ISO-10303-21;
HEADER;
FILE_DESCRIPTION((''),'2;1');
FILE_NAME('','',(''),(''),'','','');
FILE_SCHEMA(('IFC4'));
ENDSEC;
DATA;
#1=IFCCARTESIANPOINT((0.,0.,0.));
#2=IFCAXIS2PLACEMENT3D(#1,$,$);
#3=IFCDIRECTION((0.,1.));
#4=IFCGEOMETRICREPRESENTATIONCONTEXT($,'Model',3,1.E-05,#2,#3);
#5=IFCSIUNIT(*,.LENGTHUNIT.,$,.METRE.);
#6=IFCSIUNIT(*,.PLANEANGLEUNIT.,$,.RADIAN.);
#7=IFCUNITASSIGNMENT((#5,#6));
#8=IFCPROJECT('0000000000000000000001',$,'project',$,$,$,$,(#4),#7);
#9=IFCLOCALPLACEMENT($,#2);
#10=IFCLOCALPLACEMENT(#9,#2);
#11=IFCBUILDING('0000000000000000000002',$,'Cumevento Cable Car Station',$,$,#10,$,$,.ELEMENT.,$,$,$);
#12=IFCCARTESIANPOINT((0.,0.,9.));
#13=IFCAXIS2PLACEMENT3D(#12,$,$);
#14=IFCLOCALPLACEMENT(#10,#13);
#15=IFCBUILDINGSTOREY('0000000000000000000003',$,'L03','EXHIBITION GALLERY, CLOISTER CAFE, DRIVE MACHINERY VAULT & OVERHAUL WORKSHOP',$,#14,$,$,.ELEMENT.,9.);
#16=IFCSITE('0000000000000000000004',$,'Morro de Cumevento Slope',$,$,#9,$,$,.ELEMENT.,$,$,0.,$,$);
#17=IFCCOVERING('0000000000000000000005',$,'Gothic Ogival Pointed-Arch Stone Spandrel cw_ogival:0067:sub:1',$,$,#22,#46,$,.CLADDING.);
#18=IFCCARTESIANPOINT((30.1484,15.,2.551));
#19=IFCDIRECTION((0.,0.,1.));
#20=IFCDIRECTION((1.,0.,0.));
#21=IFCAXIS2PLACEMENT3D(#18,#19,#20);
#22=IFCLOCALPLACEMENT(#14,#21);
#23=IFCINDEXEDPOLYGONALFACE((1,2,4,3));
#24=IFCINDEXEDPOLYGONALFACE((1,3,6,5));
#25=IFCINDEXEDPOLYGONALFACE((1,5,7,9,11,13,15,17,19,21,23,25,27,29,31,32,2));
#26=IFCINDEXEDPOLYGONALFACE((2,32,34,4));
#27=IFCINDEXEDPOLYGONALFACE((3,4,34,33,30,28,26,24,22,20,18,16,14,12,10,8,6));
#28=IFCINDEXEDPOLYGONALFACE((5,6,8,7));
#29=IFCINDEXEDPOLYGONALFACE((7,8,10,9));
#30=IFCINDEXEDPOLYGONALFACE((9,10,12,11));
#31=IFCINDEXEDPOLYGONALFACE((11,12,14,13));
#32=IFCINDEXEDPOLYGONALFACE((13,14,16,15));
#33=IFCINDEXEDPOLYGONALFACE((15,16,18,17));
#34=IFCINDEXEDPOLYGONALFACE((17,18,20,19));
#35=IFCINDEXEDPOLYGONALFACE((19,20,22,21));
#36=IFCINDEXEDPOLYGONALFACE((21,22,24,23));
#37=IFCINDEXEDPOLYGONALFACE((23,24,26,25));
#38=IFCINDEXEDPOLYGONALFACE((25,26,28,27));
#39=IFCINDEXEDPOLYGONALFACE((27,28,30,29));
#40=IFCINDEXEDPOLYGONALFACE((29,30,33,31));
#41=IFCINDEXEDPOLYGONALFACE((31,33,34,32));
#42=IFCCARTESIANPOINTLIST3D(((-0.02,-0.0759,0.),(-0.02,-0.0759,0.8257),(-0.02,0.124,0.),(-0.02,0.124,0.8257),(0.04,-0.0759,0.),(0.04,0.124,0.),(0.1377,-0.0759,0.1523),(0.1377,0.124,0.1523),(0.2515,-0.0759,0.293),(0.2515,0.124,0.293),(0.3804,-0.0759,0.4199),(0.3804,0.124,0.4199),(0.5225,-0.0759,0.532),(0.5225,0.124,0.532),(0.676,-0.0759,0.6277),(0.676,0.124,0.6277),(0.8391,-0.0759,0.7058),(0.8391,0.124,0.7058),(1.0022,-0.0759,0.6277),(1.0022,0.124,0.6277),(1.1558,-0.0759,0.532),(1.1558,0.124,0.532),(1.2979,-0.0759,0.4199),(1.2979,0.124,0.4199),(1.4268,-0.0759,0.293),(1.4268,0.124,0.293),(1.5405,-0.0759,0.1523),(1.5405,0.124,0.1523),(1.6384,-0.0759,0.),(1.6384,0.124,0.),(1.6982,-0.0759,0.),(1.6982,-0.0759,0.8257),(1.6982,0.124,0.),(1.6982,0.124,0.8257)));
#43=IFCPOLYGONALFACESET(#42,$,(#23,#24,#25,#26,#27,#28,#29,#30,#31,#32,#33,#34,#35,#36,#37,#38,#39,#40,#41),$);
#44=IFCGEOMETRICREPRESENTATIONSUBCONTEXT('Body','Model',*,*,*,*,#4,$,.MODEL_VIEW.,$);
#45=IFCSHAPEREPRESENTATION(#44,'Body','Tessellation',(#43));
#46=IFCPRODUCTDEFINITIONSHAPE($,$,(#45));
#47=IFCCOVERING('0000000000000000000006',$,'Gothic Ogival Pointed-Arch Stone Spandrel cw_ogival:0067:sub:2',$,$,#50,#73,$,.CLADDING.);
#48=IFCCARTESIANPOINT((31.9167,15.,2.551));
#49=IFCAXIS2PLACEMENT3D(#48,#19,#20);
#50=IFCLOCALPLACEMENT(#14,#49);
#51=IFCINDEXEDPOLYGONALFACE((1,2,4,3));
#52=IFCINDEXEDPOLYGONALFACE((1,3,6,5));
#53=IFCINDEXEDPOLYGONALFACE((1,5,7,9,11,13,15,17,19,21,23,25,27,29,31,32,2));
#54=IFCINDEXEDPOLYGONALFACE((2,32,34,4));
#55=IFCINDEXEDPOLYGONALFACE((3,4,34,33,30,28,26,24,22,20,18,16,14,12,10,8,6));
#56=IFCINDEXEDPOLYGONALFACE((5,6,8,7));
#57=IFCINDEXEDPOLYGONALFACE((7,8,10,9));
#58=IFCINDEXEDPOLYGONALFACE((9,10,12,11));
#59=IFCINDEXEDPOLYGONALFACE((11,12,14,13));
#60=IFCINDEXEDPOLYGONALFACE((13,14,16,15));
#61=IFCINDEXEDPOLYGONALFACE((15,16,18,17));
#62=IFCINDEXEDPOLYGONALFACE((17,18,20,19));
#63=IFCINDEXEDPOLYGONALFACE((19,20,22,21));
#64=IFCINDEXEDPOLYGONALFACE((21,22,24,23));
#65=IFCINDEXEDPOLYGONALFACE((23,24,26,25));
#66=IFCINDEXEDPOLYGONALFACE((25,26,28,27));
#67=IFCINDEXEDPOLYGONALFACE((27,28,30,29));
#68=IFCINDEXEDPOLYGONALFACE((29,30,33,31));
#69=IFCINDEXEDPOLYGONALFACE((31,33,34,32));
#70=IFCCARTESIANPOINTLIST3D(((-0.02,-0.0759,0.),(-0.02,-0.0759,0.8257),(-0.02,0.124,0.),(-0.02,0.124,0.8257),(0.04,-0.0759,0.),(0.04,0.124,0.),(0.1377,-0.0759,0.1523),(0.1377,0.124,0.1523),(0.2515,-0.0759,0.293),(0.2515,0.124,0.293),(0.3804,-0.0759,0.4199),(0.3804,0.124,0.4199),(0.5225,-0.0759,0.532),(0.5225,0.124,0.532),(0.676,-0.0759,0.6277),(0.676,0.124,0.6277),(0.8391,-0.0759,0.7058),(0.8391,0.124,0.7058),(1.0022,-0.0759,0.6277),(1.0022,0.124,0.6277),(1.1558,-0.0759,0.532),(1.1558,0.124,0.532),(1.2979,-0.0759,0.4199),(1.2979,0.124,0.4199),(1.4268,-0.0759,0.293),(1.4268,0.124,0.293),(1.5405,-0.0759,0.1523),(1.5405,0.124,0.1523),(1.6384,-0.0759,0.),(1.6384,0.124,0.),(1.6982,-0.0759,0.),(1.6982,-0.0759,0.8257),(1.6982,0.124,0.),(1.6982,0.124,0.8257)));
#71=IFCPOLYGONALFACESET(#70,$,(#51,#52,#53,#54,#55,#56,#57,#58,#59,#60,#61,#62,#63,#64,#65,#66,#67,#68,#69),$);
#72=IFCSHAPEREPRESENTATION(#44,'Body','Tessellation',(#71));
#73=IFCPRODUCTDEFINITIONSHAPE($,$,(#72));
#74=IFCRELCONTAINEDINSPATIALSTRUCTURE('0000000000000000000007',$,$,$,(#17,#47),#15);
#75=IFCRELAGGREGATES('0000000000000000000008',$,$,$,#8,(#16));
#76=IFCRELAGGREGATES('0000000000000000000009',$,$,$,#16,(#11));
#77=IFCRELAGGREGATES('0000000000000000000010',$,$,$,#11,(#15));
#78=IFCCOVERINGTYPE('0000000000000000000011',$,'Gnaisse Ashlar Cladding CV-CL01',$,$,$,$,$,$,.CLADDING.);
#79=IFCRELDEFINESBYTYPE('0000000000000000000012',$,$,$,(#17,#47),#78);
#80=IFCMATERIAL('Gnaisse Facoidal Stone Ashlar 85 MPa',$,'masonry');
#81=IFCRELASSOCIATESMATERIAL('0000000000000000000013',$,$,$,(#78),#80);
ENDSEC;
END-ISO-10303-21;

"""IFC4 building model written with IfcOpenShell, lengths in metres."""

from ifc_helpers import new_model, si_unit, direction, frame, origin, place, context, subcontext, project, spatial, polyline, outline, extrude, material, type_object, element, save


model = new_model("IFC4")

# Units and contexts
model_context = context("Model", 3, precision=1e-05, world=origin(), true_north=direction((0.0, 1.0)))
body_context = subcontext(model_context, "Body", "Model", "MODEL_VIEW")
ifc_project = project(units=[si_unit("LENGTHUNIT", "METRE"), si_unit("PLANEANGLEUNIT", "RADIAN")], contexts=[model_context])

# Site, building, storey
site_placement = place(None, origin())
site = spatial("IfcSite", under=ifc_project, at=site_placement, Name="Morro de Cumevento Slope", CompositionType="ELEMENT", RefElevation=0.0)
building_placement = place(site_placement, origin())
building = spatial("IfcBuilding", under=site, at=building_placement, Name="Cumevento Cable Car Station", CompositionType="ELEMENT")
storey_placement = place(building_placement, frame((0.0, 0.0, 9.0)))
storey = spatial("IfcBuildingStorey", under=building, at=storey_placement, Name="L03", Description="EXHIBITION GALLERY, CLOISTER CAFE, DRIVE MACHINERY VAULT & OVERHAUL WORKSHOP", CompositionType="ELEMENT", Elevation=9.0)

# Coverings
ifc_material_1 = material(Name="Gnaisse Facoidal Stone Ashlar 85 MPa", Category="masonry")
covering_type = type_object("IfcCoveringType", Name="Gnaisse Ashlar Cladding CV-CL01", PredefinedType="CLADDING", material=ifc_material_1)
for number, where, z_axis, x_axis, name in (
    (1, (30.1484, 15.0, 2.551), (0.0, 0.0, 1.0), (1.0, 0.0, 0.0), "Gothic Ogival Pointed-Arch Stone Spandrel cw_ogival:0067:sub:1"),
    (2, (31.9167, 15.0, 2.551), (0.0, 0.0, 1.0), (1.0, 0.0, 0.0), "Gothic Ogival Pointed-Arch Stone Spandrel cw_ogival:0067:sub:2"),
):
    element("IfcCovering", number, at=place(storey_placement, frame(where, z_axis=z_axis, x_axis=x_axis)), inside=storey, type_object=covering_type, Name=name, PredefinedType="CLADDING", context=body_context, shape_type="SweptSolid", body=[
        extrude(outline(polyline([(-0.02, 0.0), (-0.02, 0.8257), (1.6982, 0.8257), (1.6982, 0.0), (1.6384, 0.0), (1.5405, 0.1523), (1.4268, 0.293), (1.2979, 0.4199), (1.1558, 0.532), (1.0022, 0.6277), (0.8391, 0.7058), (0.676, 0.6277), (0.5225, 0.532), (0.3804, 0.4199), (0.2515, 0.293), (0.1377, 0.1523), (0.04, 0.0), (-0.02, 0.0)])), frame((0.0, 0.124, 0.0), z_axis=(0.0, -1.0, 0.0), x_axis=(1.0, 0.0, 0.0)), (0.0, 0.0, 1.0), 0.2),
    ])

save(model, "model.ifc")
